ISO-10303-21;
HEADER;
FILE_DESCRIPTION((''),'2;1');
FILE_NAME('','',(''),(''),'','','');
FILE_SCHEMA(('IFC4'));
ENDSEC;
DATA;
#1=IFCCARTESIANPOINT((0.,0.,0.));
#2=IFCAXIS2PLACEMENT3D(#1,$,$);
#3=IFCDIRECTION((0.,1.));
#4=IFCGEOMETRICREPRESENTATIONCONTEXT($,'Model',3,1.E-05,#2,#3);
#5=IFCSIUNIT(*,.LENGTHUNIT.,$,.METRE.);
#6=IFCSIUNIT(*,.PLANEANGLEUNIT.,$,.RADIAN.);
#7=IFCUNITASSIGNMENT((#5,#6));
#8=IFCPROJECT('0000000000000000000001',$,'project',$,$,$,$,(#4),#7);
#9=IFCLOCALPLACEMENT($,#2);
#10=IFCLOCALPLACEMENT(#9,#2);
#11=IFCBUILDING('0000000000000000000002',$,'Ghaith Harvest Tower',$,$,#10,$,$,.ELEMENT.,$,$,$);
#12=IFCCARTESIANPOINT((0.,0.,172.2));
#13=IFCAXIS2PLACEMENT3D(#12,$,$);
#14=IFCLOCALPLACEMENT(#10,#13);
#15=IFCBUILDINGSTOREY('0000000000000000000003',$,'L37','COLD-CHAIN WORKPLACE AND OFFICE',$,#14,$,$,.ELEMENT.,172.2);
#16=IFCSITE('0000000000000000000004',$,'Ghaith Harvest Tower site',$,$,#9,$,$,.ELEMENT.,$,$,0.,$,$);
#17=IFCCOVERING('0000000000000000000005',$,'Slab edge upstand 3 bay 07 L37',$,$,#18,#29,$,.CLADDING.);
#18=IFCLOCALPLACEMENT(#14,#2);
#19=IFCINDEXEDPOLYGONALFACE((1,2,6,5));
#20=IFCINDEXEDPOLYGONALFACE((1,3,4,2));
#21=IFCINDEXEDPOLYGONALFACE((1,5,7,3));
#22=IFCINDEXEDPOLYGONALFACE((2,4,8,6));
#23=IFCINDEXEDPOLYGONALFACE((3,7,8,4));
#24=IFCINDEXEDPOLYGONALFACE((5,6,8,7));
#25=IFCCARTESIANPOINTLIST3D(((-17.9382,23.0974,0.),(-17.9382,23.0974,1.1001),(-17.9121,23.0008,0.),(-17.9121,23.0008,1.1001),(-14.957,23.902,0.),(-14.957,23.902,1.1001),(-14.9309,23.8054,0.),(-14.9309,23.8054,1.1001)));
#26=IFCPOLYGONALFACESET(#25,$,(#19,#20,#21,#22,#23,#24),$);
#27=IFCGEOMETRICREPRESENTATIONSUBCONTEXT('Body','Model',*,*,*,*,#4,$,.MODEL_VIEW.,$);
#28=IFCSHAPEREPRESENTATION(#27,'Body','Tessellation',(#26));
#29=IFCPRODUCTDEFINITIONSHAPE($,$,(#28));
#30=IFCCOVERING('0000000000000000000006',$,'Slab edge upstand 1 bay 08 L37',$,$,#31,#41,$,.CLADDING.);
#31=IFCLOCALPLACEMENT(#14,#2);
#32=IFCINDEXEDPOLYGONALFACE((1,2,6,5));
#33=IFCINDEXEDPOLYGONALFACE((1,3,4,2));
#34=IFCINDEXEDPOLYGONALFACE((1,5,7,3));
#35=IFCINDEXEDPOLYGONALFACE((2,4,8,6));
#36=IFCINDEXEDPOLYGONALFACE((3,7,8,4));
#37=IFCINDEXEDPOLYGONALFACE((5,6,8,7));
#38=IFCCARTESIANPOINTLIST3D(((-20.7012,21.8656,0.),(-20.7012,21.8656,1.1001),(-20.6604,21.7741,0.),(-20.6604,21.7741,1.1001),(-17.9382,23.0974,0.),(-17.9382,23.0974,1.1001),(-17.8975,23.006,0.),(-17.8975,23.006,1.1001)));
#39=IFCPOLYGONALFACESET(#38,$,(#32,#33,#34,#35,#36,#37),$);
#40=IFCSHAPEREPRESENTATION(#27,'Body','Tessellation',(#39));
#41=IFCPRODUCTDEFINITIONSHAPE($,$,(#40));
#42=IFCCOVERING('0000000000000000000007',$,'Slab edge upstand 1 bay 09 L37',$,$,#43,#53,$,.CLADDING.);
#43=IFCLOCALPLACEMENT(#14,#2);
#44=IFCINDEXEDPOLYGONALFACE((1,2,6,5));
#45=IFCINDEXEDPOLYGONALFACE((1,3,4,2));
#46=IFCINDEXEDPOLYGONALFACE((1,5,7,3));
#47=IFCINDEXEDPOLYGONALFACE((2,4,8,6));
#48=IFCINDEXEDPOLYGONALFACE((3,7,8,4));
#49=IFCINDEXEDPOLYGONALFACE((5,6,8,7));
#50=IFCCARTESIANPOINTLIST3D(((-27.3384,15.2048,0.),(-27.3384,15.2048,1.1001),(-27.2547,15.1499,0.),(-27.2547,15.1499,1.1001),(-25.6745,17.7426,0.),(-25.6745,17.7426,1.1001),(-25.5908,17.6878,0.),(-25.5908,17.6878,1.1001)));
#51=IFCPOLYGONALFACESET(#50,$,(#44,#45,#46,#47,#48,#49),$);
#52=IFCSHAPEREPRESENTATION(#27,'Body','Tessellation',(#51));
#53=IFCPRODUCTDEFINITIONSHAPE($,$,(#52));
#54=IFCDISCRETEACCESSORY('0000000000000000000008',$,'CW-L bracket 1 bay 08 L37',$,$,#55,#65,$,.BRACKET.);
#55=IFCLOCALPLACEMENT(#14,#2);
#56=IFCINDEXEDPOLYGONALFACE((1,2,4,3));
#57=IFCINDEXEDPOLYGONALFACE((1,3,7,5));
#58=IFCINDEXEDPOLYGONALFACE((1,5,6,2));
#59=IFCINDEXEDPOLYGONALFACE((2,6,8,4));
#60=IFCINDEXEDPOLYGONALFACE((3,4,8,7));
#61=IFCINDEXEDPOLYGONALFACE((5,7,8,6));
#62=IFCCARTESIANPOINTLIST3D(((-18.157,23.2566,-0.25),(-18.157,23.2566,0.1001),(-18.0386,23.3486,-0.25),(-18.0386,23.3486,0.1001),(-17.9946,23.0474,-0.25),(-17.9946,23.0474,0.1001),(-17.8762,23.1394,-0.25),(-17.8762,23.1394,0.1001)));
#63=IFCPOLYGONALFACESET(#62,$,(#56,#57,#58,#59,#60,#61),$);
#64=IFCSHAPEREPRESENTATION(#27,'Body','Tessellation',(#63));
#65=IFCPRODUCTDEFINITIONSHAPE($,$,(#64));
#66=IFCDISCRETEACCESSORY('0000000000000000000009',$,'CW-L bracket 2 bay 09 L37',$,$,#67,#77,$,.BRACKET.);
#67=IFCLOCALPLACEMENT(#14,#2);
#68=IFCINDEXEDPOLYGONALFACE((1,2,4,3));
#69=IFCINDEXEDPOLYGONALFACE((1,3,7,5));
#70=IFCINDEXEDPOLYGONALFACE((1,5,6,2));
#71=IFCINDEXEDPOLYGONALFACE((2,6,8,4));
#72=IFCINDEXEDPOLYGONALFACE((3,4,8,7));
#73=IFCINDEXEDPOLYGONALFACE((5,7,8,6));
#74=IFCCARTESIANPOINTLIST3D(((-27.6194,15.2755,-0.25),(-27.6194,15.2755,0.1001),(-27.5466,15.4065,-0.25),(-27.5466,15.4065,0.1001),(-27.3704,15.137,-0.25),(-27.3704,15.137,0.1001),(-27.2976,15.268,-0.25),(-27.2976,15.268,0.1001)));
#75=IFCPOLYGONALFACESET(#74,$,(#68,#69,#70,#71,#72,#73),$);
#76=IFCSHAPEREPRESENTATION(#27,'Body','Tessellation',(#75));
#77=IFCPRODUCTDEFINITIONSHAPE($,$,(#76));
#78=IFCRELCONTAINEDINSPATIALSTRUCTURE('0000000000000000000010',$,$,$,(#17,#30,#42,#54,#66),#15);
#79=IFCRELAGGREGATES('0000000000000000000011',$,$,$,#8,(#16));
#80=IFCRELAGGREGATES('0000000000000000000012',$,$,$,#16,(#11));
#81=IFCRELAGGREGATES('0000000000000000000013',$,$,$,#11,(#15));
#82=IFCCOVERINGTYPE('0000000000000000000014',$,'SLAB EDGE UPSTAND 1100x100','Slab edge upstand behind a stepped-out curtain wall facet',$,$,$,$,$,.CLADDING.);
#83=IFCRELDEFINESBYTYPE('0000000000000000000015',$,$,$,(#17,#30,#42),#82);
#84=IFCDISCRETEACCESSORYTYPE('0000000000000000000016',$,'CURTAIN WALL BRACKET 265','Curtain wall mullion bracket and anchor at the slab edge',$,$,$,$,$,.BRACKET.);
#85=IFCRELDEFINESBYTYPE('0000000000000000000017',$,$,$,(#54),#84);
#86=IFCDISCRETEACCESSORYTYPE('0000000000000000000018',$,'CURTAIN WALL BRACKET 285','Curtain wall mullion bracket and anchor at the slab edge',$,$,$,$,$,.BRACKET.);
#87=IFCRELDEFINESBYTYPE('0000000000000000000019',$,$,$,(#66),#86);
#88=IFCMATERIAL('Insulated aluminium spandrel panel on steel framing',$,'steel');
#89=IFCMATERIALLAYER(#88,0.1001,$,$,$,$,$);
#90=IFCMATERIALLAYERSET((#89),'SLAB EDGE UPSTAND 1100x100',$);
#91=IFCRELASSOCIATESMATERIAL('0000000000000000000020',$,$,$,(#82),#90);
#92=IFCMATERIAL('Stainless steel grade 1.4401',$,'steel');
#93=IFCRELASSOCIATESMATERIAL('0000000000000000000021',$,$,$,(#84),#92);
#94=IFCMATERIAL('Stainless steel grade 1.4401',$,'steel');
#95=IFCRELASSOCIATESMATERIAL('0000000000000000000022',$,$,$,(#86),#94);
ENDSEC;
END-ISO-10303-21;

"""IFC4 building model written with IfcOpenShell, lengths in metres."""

from ifc_helpers import new_model, si_unit, direction, frame, origin, origin_2d, place, context, subcontext, project, spatial, rectangle, extrude, material, layer, layer_set, type_object, element, save


model = new_model("IFC4")

# Units and contexts
model_context = context("Model", 3, precision=1e-05, world=origin(), true_north=direction((0.0, 1.0)))
body_context = subcontext(model_context, "Body", "Model", "MODEL_VIEW")
ifc_project = project(units=[si_unit("LENGTHUNIT", "METRE"), si_unit("PLANEANGLEUNIT", "RADIAN")], contexts=[model_context])

# Site, building, storey
site_placement = place(None, origin())
site = spatial("IfcSite", under=ifc_project, at=site_placement, Name="Ghaith Harvest Tower site", CompositionType="ELEMENT", RefElevation=0.0)
building_placement = place(site_placement, origin())
building = spatial("IfcBuilding", under=site, at=building_placement, Name="Ghaith Harvest Tower", CompositionType="ELEMENT")
storey_placement = place(building_placement, frame((0.0, 0.0, 172.2)))
storey = spatial("IfcBuildingStorey", under=building, at=storey_placement, Name="L37", Description="COLD-CHAIN WORKPLACE AND OFFICE", CompositionType="ELEMENT", Elevation=172.2)

# Coverings
ifc_material_1 = material(Name="Insulated aluminium spandrel panel on steel framing", Category="steel")
ifc_layer_1 = layer(ifc_material_1, 0.1001)
ifc_layer_set_1 = layer_set([ifc_layer_1], Name="SLAB EDGE UPSTAND 1100x100")
covering_type = type_object("IfcCoveringType", Name="SLAB EDGE UPSTAND 1100x100", Description="Slab edge upstand behind a stepped-out curtain wall facet", PredefinedType="CLADDING", material=ifc_layer_set_1)
covering_1_placement = place(storey_placement, frame((-16.4346, 23.4514, 0.0), z_axis=(0.0, 0.0, 1.0), x_axis=(-0.965455, -0.26057, 0.0)))
element("IfcCovering", 1, at=covering_1_placement, inside=storey, type_object=covering_type, Name="Slab edge upstand 3 bay 07 L37", PredefinedType="CLADDING", context=body_context, shape_type="SweptSolid", body=[
    extrude(rectangle(XDim=3.0879, YDim=0.1001, at=origin_2d()), origin(), (0.0, 0.0, 1.0), 1.1001),
])
covering_2_placement = place(storey_placement, frame((-19.2993, 22.4358, 0.0), z_axis=(0.0, 0.0, 1.0), x_axis=(-0.913335, -0.40721, 0.0)))
element("IfcCovering", 2, at=covering_2_placement, inside=storey, type_object=covering_type, Name="Slab edge upstand 1 bay 08 L37", PredefinedType="CLADDING", context=body_context, shape_type="SweptSolid", body=[
    extrude(rectangle(XDim=3.0251, YDim=0.1001, at=origin_2d()), origin(), (0.0, 0.0, 1.0), 1.1001),
])
covering_3_placement = place(storey_placement, frame((-26.4646, 16.4463, 0.0), z_axis=(0.0, 0.0, 1.0), x_axis=(-0.548312, -0.836274, 0.0)))
element("IfcCovering", 3, at=covering_3_placement, inside=storey, type_object=covering_type, Name="Slab edge upstand 1 bay 09 L37", PredefinedType="CLADDING", context=body_context, shape_type="SweptSolid", body=[
    extrude(rectangle(XDim=3.0347, YDim=0.1001, at=origin_2d()), origin(), (0.0, 0.0, 1.0), 1.1001),
])

# Discrete accessories
ifc_material_2 = material(Name="Stainless steel grade 1.4401", Category="steel")
discrete_accessory_type_1 = type_object("IfcDiscreteAccessoryType", Name="CURTAIN WALL BRACKET 265", Description="Curtain wall mullion bracket and anchor at the slab edge", PredefinedType="BRACKET", material=ifc_material_2)
discrete_accessory_1_placement = place(storey_placement, frame((-18.0166, 23.198, -0.25), z_axis=(0.0, 0.0, 1.0), x_axis=(-0.613378, 0.78979, 0.0)))
element("IfcDiscreteAccessory", 4, at=discrete_accessory_1_placement, inside=storey, type_object=discrete_accessory_type_1, Name="CW-L bracket 1 bay 08 L37", PredefinedType="BRACKET", context=body_context, shape_type="SweptSolid", body=[
    extrude(rectangle(XDim=0.2649, YDim=0.1499, at=origin_2d()), origin(), (0.0, 0.0, 1.0), 0.3501),
])
ifc_material_3 = material(Name="Stainless steel grade 1.4401", Category="steel")
discrete_accessory_type_2 = type_object("IfcDiscreteAccessoryType", Name="CURTAIN WALL BRACKET 285", Description="Curtain wall mullion bracket and anchor at the slab edge", PredefinedType="BRACKET", material=ifc_material_3)
discrete_accessory_2_placement = place(storey_placement, frame((-27.4585, 15.2717, -0.25), z_axis=(0.0, 0.0, 1.0), x_axis=(-0.873927, 0.486057, 0.0)))
element("IfcDiscreteAccessory", 5, at=discrete_accessory_2_placement, inside=storey, type_object=discrete_accessory_type_2, Name="CW-L bracket 2 bay 09 L37", PredefinedType="BRACKET", context=body_context, shape_type="SweptSolid", body=[
    extrude(rectangle(XDim=0.2849, YDim=0.1499, at=origin_2d()), origin(), (0.0, 0.0, 1.0), 0.3501),
])

save(model, "model.ifc")
